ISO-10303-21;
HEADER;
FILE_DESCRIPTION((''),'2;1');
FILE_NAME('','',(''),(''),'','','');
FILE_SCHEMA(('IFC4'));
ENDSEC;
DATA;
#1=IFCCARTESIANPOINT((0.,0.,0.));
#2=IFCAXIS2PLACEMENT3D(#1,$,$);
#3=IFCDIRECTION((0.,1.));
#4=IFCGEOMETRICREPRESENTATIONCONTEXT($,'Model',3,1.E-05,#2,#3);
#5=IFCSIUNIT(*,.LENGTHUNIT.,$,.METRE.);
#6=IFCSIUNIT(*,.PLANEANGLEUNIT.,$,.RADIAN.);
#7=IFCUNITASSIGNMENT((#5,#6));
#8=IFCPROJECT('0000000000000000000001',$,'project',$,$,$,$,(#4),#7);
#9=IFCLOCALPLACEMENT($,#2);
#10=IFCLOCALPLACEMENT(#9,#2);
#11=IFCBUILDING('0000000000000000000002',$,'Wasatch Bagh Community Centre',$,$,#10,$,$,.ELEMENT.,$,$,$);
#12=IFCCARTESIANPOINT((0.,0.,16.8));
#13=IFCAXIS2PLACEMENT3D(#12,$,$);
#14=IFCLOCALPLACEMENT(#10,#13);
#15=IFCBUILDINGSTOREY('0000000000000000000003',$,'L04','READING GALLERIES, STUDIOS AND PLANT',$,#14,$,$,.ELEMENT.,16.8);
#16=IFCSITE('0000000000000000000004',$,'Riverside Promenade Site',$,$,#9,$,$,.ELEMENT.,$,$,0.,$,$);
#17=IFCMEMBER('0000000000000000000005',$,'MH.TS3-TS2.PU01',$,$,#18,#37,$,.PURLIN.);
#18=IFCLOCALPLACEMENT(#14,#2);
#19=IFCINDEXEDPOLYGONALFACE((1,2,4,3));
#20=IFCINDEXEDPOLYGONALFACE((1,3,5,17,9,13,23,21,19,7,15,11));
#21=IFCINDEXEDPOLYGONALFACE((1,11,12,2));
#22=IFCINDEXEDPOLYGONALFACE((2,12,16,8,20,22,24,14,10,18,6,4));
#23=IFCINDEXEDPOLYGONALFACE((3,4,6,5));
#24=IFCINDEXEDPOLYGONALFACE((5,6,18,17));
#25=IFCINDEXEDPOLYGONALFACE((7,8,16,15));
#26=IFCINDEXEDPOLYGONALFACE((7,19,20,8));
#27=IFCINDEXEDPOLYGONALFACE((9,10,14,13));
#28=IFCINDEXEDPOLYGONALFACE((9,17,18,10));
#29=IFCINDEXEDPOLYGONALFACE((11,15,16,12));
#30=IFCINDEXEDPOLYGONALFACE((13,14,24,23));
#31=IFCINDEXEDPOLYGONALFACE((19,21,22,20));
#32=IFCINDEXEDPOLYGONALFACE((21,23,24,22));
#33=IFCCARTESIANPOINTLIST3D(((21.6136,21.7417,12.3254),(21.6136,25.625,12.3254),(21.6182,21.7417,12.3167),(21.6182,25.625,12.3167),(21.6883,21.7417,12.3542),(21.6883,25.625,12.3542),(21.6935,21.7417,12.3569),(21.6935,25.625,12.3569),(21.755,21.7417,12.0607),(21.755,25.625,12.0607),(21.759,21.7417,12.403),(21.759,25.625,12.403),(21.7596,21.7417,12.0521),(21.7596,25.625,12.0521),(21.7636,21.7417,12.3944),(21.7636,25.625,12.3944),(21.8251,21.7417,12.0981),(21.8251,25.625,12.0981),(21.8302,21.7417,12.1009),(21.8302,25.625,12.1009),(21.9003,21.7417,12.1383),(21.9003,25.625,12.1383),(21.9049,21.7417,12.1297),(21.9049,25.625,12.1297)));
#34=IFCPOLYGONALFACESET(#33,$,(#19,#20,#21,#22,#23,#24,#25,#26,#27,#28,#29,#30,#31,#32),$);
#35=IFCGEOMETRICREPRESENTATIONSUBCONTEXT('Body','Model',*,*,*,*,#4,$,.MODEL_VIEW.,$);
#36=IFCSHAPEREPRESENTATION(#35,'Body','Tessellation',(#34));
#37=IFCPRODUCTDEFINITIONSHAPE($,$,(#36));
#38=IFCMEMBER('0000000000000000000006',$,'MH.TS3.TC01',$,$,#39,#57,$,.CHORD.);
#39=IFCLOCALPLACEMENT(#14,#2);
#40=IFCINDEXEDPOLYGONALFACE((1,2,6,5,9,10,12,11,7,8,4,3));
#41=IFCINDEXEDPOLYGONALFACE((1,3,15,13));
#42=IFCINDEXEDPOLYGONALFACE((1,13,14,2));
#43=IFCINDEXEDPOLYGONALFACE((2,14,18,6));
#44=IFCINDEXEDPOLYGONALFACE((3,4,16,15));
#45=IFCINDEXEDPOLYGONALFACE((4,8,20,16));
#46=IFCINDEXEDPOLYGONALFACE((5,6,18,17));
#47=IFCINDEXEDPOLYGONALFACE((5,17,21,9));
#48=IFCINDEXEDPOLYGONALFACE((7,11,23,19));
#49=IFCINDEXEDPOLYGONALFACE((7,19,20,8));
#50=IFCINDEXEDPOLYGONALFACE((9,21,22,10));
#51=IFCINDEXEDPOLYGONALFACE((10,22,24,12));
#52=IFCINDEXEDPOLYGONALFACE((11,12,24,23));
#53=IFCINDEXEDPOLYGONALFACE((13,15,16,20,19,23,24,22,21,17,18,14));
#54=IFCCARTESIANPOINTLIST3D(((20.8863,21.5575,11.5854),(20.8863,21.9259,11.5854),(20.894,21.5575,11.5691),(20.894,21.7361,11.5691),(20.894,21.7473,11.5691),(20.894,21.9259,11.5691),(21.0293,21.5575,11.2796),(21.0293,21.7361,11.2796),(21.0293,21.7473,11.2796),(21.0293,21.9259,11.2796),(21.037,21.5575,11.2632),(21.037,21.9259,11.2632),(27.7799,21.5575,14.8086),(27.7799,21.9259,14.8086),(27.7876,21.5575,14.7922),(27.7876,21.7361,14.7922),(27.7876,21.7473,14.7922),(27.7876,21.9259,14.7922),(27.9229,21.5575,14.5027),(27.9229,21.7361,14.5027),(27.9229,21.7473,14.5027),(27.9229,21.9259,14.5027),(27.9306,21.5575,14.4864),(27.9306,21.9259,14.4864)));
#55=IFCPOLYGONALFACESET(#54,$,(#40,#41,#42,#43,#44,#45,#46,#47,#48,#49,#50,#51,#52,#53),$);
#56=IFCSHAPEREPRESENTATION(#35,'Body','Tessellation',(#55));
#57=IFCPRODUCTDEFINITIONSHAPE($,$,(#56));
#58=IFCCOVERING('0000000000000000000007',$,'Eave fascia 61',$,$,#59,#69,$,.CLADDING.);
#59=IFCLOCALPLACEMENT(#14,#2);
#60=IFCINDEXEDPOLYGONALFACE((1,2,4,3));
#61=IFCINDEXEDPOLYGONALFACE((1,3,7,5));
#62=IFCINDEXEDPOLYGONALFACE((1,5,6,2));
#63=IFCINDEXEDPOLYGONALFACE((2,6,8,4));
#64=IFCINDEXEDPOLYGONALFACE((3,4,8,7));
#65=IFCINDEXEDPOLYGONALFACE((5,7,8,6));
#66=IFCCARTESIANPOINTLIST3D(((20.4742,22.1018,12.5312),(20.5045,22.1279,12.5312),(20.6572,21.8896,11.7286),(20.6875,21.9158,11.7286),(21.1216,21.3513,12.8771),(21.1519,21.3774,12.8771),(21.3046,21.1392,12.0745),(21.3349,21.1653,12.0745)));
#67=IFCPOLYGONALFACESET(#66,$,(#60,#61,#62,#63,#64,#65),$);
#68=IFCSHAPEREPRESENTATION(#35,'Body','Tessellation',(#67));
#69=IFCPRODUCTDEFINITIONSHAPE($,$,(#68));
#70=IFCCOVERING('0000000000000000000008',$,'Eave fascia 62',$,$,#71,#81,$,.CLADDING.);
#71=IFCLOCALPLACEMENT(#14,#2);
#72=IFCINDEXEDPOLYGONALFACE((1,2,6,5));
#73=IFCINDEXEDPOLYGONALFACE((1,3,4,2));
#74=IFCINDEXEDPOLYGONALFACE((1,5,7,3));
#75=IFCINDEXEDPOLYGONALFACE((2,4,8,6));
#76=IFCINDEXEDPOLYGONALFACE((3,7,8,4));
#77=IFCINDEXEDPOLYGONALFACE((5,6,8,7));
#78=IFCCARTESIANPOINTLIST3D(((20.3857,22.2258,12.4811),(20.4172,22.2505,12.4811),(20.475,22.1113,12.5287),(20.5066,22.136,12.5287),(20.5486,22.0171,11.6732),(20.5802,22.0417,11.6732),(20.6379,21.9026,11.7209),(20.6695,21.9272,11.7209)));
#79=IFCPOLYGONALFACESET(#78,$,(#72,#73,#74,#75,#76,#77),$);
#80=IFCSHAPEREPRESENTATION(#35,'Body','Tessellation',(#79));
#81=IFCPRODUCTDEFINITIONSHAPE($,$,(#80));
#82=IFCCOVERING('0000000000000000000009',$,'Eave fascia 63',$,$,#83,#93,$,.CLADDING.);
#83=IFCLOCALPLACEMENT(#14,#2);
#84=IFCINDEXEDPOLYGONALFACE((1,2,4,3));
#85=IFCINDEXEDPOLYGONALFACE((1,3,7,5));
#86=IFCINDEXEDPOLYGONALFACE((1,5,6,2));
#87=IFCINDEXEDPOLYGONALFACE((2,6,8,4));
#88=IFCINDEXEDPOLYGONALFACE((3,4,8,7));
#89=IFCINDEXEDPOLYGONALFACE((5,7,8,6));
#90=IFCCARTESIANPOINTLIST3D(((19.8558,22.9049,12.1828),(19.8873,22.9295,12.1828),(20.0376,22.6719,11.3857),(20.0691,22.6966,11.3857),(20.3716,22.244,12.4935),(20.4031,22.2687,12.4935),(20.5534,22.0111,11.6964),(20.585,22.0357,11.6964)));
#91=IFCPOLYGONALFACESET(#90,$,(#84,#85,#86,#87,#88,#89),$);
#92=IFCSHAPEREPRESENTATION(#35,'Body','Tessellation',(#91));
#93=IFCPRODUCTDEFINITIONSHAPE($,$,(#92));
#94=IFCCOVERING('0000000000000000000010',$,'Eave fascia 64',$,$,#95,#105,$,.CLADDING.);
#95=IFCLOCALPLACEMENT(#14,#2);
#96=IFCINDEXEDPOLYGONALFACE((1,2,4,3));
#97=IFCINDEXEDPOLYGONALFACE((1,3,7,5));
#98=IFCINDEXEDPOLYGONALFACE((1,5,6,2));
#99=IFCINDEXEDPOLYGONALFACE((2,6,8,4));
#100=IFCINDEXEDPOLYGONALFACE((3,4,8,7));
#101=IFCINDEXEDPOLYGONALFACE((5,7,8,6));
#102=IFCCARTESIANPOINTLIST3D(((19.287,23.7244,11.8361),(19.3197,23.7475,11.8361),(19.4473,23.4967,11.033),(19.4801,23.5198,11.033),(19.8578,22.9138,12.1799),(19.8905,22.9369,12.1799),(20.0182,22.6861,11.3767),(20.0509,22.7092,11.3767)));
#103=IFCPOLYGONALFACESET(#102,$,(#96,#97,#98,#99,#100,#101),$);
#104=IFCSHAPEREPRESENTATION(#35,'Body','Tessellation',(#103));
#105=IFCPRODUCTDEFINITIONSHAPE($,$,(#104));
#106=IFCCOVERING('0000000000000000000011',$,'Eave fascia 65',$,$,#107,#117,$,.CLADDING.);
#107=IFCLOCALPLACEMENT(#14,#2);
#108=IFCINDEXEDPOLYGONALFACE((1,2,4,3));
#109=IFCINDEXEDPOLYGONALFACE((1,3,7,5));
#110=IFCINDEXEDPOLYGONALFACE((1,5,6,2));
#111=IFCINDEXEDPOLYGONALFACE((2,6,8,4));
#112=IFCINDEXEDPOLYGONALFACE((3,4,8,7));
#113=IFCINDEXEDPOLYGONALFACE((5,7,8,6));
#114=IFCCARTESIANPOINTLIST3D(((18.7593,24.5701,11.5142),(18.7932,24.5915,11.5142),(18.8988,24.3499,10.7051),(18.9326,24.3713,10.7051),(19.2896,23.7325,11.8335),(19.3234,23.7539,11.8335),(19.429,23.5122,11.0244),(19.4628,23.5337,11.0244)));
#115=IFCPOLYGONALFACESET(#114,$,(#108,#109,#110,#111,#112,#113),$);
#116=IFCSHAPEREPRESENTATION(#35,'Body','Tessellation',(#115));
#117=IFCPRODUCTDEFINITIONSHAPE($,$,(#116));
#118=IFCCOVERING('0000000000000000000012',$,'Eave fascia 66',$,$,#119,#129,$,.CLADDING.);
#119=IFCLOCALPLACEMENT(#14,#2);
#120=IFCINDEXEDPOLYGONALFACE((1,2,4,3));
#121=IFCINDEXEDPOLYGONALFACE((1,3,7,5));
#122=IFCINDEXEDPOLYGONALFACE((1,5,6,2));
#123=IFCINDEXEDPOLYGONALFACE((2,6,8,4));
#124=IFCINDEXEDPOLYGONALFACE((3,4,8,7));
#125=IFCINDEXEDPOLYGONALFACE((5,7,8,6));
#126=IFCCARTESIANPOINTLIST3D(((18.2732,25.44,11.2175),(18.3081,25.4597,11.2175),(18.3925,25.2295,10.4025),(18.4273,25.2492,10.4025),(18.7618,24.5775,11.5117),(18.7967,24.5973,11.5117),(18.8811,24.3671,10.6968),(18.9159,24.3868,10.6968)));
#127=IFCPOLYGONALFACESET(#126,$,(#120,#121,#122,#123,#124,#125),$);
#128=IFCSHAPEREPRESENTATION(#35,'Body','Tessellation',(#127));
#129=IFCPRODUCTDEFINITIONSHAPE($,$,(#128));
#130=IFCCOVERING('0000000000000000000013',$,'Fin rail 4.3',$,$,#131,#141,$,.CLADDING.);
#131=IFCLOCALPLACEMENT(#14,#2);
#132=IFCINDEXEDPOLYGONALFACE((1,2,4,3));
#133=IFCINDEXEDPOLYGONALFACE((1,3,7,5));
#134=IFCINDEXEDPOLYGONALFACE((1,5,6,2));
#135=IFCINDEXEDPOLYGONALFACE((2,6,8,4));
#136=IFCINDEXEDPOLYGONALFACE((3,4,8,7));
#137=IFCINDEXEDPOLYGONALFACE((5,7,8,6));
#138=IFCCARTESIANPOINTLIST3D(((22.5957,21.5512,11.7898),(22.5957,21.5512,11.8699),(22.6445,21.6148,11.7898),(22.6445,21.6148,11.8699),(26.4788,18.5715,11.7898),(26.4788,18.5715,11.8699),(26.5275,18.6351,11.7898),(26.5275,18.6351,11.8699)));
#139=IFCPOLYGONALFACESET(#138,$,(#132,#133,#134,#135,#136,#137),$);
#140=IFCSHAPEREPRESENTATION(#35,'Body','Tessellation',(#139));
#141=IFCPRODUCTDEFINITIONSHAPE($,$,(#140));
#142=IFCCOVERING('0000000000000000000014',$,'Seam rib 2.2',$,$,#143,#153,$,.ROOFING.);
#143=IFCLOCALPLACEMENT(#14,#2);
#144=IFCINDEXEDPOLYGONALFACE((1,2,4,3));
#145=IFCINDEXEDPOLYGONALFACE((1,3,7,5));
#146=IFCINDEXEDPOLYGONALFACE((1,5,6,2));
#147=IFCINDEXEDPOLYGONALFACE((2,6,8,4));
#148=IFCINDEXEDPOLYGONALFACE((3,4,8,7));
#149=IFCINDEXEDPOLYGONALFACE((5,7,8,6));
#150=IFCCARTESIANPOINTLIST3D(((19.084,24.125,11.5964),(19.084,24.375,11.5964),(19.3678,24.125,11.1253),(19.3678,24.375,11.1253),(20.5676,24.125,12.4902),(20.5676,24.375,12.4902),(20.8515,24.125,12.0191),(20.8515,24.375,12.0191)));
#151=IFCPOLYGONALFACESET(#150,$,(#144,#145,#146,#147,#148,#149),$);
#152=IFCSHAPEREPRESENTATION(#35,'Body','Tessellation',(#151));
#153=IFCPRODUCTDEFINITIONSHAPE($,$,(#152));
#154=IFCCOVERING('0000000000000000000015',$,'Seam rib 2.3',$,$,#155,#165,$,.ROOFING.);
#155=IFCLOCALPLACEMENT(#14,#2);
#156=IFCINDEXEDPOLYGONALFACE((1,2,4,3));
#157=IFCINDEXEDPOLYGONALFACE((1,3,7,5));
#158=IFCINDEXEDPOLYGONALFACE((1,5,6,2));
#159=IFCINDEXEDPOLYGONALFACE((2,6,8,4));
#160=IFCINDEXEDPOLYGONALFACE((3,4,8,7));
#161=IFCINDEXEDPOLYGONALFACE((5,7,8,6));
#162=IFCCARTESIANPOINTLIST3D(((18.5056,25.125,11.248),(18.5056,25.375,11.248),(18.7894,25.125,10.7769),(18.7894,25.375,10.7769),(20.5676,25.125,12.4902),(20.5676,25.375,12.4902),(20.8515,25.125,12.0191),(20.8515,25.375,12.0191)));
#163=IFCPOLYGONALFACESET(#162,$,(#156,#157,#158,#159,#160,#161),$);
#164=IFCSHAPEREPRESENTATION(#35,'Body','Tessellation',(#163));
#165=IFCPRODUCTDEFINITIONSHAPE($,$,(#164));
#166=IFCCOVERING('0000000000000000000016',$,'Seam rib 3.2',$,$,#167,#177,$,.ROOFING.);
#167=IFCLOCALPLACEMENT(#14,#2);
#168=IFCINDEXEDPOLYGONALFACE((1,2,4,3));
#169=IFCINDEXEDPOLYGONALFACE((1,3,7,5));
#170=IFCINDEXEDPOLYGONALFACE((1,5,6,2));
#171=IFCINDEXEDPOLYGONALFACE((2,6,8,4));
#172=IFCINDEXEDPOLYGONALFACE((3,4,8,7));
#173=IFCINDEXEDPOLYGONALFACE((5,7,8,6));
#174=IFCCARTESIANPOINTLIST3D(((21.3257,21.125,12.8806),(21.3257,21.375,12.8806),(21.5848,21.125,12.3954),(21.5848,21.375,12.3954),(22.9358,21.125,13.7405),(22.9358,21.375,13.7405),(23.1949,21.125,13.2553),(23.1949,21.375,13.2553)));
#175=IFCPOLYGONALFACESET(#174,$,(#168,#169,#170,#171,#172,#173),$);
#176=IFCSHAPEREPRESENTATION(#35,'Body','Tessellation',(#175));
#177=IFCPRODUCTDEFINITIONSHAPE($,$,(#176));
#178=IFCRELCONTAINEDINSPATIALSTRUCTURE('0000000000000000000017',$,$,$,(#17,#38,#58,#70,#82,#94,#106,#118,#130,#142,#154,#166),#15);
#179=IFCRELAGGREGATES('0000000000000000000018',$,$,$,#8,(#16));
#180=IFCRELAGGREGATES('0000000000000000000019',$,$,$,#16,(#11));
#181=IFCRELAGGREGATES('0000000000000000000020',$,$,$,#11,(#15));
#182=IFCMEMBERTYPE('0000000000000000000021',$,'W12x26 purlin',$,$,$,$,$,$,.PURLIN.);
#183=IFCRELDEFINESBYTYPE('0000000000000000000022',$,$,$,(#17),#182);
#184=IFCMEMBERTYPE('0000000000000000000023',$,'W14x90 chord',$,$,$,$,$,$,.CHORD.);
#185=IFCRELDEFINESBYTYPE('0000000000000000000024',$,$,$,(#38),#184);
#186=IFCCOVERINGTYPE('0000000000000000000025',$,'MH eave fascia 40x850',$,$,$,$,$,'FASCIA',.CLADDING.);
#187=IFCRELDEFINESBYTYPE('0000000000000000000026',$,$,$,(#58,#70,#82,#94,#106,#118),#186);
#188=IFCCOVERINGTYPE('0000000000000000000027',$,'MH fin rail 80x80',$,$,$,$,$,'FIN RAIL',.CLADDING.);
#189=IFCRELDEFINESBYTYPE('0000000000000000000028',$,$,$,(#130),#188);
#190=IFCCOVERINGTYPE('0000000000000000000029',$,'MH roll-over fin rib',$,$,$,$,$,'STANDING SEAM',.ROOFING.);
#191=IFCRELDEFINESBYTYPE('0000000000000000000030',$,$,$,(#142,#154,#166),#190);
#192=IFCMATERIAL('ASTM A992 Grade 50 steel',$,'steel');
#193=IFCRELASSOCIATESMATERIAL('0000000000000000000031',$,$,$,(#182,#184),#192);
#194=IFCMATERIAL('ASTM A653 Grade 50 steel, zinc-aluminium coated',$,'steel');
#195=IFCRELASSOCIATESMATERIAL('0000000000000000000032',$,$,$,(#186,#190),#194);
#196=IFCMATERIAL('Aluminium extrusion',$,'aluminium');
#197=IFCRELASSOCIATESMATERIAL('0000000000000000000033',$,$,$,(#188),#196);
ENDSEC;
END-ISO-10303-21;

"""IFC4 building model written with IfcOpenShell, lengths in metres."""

from ifc_helpers import new_model, si_unit, direction, frame, origin, origin_2d, place, context, subcontext, project, spatial, polyline, rectangle, i_section, outline, extrude, material, material_profile, profile_set, type_object, element, save


model = new_model("IFC4")

# Units and contexts
model_context = context("Model", 3, precision=1e-05, world=origin(), true_north=direction((0.0, 1.0)))
body_context = subcontext(model_context, "Body", "Model", "MODEL_VIEW")
ifc_project = project(units=[si_unit("LENGTHUNIT", "METRE"), si_unit("PLANEANGLEUNIT", "RADIAN")], contexts=[model_context])

# Site, building, storey
site_placement = place(None, origin())
site = spatial("IfcSite", under=ifc_project, at=site_placement, Name="Riverside Promenade Site", CompositionType="ELEMENT", RefElevation=0.0)
building_placement = place(site_placement, origin())
building = spatial("IfcBuilding", under=site, at=building_placement, Name="Wasatch Bagh Community Centre", CompositionType="ELEMENT")
storey_placement = place(building_placement, frame((0.0, 0.0, 16.8)))
storey = spatial("IfcBuildingStorey", under=building, at=storey_placement, Name="L04", Description="READING GALLERIES, STUDIOS AND PLANT", CompositionType="ELEMENT", Elevation=16.8)

# Members
ifc_material_1 = material(Name="ASTM A992 Grade 50 steel", Category="steel")
ifc_material_profile_1 = material_profile(ifc_material_1, i_section(OverallWidth=0.1648, OverallDepth=0.3098, WebThickness=0.0059, FlangeThickness=0.0098, at=origin_2d()), Name="W12x26")
ifc_profile_set_1 = profile_set([ifc_material_profile_1], Name="ASTM A992 Grade 50 steel")
member_type_1 = type_object("IfcMemberType", Name="W12x26 purlin", PredefinedType="PURLIN", material=ifc_profile_set_1)
member_1_placement = place(storey_placement, frame((21.7593, 21.7417, 12.2275), z_axis=(0.0, 1.0, 0.0), x_axis=(-0.882062, 0.0, -0.471133)))
element("IfcMember", 1, at=member_1_placement, inside=storey, type_object=member_type_1, Name="MH.TS3-TS2.PU01", PredefinedType="PURLIN", context=body_context, shape_type="SweptSolid", body=[
    extrude(i_section(OverallWidth=0.1648, OverallDepth=0.3098, WebThickness=0.0059, FlangeThickness=0.0098, at=origin_2d()), origin(), (0.0, 0.0, 1.0), 3.8833),
])
ifc_material_profile_2 = material_profile(ifc_material_1, i_section(OverallWidth=0.3684, OverallDepth=0.3557, WebThickness=0.0112, FlangeThickness=0.0181, at=origin_2d()), Name="W14x90")
ifc_profile_set_2 = profile_set([ifc_material_profile_2], Name="ASTM A992 Grade 50 steel")
member_type_2 = type_object("IfcMemberType", Name="W14x90 chord", PredefinedType="CHORD", material=ifc_profile_set_2)
member_2_placement = place(storey_placement, frame((20.9617, 21.7417, 11.4243), z_axis=(0.905873, 0.0, 0.423549), x_axis=(0.0, 1.0, 0.0)))
element("IfcMember", 2, at=member_2_placement, inside=storey, type_object=member_type_2, Name="MH.TS3.TC01", PredefinedType="CHORD", context=body_context, shape_type="SweptSolid", body=[
    extrude(i_section(OverallWidth=0.3684, OverallDepth=0.3557, WebThickness=0.0112, FlangeThickness=0.0181, at=origin_2d()), origin(), (0.0, 0.0, 1.0), 7.6099),
])

# Coverings
ifc_material_2 = material(Name="ASTM A653 Grade 50 steel, zinc-aluminium coated", Category="steel")
ifc_material_profile_3 = material_profile(ifc_material_2, rectangle(XDim=0.04, YDim=0.8501, at=origin_2d()), Name="FASCIA 40x850")
ifc_profile_set_3 = profile_set([ifc_material_profile_3], Name="ASTM A653 Grade 50 steel, zinc-aluminium coated")
covering_type_1 = type_object("IfcCoveringType", Name="MH eave fascia 40x850", ElementType="FASCIA", PredefinedType="CLADDING", material=ifc_profile_set_3)
covering_1_placement = place(storey_placement, frame((21.2283, 21.2583, 12.4758), z_axis=(-0.616736, 0.714875, -0.329531), x_axis=(-0.757166, -0.653222, 0.0)))
element("IfcCovering", 3, at=covering_1_placement, inside=storey, type_object=covering_type_1, Name="Eave fascia 61", PredefinedType="CLADDING", context=body_context, shape_type="SweptSolid", body=[
    extrude(rectangle(XDim=0.04, YDim=0.8501, at=origin_2d()), origin(), (0.0, 0.0, 1.0), 1.0498),
])
covering_2_placement = place(storey_placement, frame((20.5723, 22.0193, 12.1248), z_axis=(-0.584615, 0.749138, -0.311475), x_axis=(-0.788356, -0.61522, 0.0)))
element("IfcCovering", 4, at=covering_2_placement, inside=storey, type_object=covering_type_1, Name="Eave fascia 62", PredefinedType="CLADDING", context=body_context, shape_type="SweptSolid", body=[
    extrude(rectangle(XDim=0.04, YDim=0.8501, at=origin_2d()), origin(), (0.0, 0.0, 1.0), 0.1528),
])
covering_3_placement = place(storey_placement, frame((20.4783, 22.1399, 12.095), z_axis=(-0.576945, 0.739134, -0.347587), x_axis=(-0.788285, -0.615311, 0.0)))
element("IfcCovering", 5, at=covering_3_placement, inside=storey, type_object=covering_type_1, Name="Eave fascia 63", PredefinedType="CLADDING", context=body_context, shape_type="SweptSolid", body=[
    extrude(rectangle(XDim=0.04, YDim=0.8501, at=origin_2d()), origin(), (0.0, 0.0, 1.0), 0.894),
])
covering_4_placement = place(storey_placement, frame((19.9543, 22.8115, 11.7783), z_axis=(-0.543999, 0.772488, -0.327609), x_axis=(-0.817609, -0.575774, 0.0)))
element("IfcCovering", 6, at=covering_4_placement, inside=storey, type_object=covering_type_1, Name="Eave fascia 64", PredefinedType="CLADDING", context=body_context, shape_type="SweptSolid", body=[
    extrude(rectangle(XDim=0.04, YDim=0.8501, at=origin_2d()), origin(), (0.0, 0.0, 1.0), 1.0493),
])
covering_5_placement = place(storey_placement, frame((19.3762, 23.6331, 11.429), z_axis=(-0.509122, 0.804234, -0.306598), x_axis=(-0.844927, -0.534882, 0.0)))
element("IfcCovering", 7, at=covering_5_placement, inside=storey, type_object=covering_type_1, Name="Eave fascia 65", PredefinedType="CLADDING", context=body_context, shape_type="SweptSolid", body=[
    extrude(rectangle(XDim=0.04, YDim=0.8501, at=origin_2d()), origin(), (0.0, 0.0, 1.0), 1.0415),
])
covering_6_placement = place(storey_placement, frame((18.8389, 24.4822, 11.1042), z_axis=(-0.472546, 0.834099, -0.284567), x_axis=(-0.870071, -0.492926, 0.0)))
element("IfcCovering", 8, at=covering_6_placement, inside=storey, type_object=covering_type_1, Name="Eave fascia 66", PredefinedType="CLADDING", context=body_context, shape_type="SweptSolid", body=[
    extrude(rectangle(XDim=0.04, YDim=0.8501, at=origin_2d()), origin(), (0.0, 0.0, 1.0), 1.0339),
])
ifc_material_3 = material(Name="Aluminium extrusion", Category="aluminium")
ifc_material_profile_4 = material_profile(ifc_material_3, rectangle(XDim=0.0801, YDim=0.0801, at=origin_2d()), Name="AL 80x80")
ifc_profile_set_4 = profile_set([ifc_material_profile_4], Name="Aluminium extrusion")
covering_type_2 = type_object("IfcCoveringType", Name="MH fin rail 80x80", ElementType="FIN RAIL", PredefinedType="CLADDING", material=ifc_profile_set_4)
covering_7_placement = place(storey_placement, frame((22.6201, 21.583, 11.8298), z_axis=(0.793337, -0.608782, 0.0), x_axis=(0.608782, 0.793337, 0.0)))
element("IfcCovering", 9, at=covering_7_placement, inside=storey, type_object=covering_type_2, Name="Fin rail 4.3", PredefinedType="CLADDING", context=body_context, shape_type="SweptSolid", body=[
    extrude(rectangle(XDim=0.0801, YDim=0.0801, at=origin_2d()), origin(), (0.0, 0.0, 1.0), 4.8945),
])
covering_type_3 = type_object("IfcCoveringType", Name="MH roll-over fin rib", ElementType="STANDING SEAM", PredefinedType="ROOFING", material=ifc_material_2)
covering_8_placement = place(storey_placement, frame((19.084, 24.125, 11.5964), z_axis=(-0.516029, 0.0, 0.856571), x_axis=(0.856571, 0.0, 0.516029)))
element("IfcCovering", 10, at=covering_8_placement, inside=storey, type_object=covering_type_3, Name="Seam rib 2.2", PredefinedType="ROOFING", context=body_context, shape_type="SweptSolid", body=[
    extrude(outline(polyline([(0.0, 0.0), (1.7321, 0.0), (1.7321, 0.25), (0.0, 0.25), (0.0, 0.0)])), origin(), (0.0, 0.0, -1.0), 0.55),
])
covering_9_placement = place(storey_placement, frame((18.5056, 25.125, 11.248), z_axis=(-0.516016, 0.0, 0.856579), x_axis=(0.856579, 0.0, 0.516016)))
element("IfcCovering", 11, at=covering_9_placement, inside=storey, type_object=covering_type_3, Name="Seam rib 2.3", PredefinedType="ROOFING", context=body_context, shape_type="SweptSolid", body=[
    extrude(outline(polyline([(0.0, 0.0), (2.4073, 0.0), (2.4073, 0.25), (0.0, 0.25), (0.0, 0.0)])), origin(), (0.0, 0.0, -1.0), 0.55),
])
covering_10_placement = place(storey_placement, frame((21.3257, 21.125, 12.8806), z_axis=(-0.471074, 0.0, 0.882094), x_axis=(0.882094, 0.0, 0.471074)))
element("IfcCovering", 12, at=covering_10_placement, inside=storey, type_object=covering_type_3, Name="Seam rib 3.2", PredefinedType="ROOFING", context=body_context, shape_type="SweptSolid", body=[
    extrude(outline(polyline([(0.0, 0.0), (1.8253, 0.0), (1.8253, 0.25), (0.0, 0.25), (0.0, 0.0)])), origin(), (0.0, 0.0, -1.0), 0.55),
])

save(model, "model.ifc")
